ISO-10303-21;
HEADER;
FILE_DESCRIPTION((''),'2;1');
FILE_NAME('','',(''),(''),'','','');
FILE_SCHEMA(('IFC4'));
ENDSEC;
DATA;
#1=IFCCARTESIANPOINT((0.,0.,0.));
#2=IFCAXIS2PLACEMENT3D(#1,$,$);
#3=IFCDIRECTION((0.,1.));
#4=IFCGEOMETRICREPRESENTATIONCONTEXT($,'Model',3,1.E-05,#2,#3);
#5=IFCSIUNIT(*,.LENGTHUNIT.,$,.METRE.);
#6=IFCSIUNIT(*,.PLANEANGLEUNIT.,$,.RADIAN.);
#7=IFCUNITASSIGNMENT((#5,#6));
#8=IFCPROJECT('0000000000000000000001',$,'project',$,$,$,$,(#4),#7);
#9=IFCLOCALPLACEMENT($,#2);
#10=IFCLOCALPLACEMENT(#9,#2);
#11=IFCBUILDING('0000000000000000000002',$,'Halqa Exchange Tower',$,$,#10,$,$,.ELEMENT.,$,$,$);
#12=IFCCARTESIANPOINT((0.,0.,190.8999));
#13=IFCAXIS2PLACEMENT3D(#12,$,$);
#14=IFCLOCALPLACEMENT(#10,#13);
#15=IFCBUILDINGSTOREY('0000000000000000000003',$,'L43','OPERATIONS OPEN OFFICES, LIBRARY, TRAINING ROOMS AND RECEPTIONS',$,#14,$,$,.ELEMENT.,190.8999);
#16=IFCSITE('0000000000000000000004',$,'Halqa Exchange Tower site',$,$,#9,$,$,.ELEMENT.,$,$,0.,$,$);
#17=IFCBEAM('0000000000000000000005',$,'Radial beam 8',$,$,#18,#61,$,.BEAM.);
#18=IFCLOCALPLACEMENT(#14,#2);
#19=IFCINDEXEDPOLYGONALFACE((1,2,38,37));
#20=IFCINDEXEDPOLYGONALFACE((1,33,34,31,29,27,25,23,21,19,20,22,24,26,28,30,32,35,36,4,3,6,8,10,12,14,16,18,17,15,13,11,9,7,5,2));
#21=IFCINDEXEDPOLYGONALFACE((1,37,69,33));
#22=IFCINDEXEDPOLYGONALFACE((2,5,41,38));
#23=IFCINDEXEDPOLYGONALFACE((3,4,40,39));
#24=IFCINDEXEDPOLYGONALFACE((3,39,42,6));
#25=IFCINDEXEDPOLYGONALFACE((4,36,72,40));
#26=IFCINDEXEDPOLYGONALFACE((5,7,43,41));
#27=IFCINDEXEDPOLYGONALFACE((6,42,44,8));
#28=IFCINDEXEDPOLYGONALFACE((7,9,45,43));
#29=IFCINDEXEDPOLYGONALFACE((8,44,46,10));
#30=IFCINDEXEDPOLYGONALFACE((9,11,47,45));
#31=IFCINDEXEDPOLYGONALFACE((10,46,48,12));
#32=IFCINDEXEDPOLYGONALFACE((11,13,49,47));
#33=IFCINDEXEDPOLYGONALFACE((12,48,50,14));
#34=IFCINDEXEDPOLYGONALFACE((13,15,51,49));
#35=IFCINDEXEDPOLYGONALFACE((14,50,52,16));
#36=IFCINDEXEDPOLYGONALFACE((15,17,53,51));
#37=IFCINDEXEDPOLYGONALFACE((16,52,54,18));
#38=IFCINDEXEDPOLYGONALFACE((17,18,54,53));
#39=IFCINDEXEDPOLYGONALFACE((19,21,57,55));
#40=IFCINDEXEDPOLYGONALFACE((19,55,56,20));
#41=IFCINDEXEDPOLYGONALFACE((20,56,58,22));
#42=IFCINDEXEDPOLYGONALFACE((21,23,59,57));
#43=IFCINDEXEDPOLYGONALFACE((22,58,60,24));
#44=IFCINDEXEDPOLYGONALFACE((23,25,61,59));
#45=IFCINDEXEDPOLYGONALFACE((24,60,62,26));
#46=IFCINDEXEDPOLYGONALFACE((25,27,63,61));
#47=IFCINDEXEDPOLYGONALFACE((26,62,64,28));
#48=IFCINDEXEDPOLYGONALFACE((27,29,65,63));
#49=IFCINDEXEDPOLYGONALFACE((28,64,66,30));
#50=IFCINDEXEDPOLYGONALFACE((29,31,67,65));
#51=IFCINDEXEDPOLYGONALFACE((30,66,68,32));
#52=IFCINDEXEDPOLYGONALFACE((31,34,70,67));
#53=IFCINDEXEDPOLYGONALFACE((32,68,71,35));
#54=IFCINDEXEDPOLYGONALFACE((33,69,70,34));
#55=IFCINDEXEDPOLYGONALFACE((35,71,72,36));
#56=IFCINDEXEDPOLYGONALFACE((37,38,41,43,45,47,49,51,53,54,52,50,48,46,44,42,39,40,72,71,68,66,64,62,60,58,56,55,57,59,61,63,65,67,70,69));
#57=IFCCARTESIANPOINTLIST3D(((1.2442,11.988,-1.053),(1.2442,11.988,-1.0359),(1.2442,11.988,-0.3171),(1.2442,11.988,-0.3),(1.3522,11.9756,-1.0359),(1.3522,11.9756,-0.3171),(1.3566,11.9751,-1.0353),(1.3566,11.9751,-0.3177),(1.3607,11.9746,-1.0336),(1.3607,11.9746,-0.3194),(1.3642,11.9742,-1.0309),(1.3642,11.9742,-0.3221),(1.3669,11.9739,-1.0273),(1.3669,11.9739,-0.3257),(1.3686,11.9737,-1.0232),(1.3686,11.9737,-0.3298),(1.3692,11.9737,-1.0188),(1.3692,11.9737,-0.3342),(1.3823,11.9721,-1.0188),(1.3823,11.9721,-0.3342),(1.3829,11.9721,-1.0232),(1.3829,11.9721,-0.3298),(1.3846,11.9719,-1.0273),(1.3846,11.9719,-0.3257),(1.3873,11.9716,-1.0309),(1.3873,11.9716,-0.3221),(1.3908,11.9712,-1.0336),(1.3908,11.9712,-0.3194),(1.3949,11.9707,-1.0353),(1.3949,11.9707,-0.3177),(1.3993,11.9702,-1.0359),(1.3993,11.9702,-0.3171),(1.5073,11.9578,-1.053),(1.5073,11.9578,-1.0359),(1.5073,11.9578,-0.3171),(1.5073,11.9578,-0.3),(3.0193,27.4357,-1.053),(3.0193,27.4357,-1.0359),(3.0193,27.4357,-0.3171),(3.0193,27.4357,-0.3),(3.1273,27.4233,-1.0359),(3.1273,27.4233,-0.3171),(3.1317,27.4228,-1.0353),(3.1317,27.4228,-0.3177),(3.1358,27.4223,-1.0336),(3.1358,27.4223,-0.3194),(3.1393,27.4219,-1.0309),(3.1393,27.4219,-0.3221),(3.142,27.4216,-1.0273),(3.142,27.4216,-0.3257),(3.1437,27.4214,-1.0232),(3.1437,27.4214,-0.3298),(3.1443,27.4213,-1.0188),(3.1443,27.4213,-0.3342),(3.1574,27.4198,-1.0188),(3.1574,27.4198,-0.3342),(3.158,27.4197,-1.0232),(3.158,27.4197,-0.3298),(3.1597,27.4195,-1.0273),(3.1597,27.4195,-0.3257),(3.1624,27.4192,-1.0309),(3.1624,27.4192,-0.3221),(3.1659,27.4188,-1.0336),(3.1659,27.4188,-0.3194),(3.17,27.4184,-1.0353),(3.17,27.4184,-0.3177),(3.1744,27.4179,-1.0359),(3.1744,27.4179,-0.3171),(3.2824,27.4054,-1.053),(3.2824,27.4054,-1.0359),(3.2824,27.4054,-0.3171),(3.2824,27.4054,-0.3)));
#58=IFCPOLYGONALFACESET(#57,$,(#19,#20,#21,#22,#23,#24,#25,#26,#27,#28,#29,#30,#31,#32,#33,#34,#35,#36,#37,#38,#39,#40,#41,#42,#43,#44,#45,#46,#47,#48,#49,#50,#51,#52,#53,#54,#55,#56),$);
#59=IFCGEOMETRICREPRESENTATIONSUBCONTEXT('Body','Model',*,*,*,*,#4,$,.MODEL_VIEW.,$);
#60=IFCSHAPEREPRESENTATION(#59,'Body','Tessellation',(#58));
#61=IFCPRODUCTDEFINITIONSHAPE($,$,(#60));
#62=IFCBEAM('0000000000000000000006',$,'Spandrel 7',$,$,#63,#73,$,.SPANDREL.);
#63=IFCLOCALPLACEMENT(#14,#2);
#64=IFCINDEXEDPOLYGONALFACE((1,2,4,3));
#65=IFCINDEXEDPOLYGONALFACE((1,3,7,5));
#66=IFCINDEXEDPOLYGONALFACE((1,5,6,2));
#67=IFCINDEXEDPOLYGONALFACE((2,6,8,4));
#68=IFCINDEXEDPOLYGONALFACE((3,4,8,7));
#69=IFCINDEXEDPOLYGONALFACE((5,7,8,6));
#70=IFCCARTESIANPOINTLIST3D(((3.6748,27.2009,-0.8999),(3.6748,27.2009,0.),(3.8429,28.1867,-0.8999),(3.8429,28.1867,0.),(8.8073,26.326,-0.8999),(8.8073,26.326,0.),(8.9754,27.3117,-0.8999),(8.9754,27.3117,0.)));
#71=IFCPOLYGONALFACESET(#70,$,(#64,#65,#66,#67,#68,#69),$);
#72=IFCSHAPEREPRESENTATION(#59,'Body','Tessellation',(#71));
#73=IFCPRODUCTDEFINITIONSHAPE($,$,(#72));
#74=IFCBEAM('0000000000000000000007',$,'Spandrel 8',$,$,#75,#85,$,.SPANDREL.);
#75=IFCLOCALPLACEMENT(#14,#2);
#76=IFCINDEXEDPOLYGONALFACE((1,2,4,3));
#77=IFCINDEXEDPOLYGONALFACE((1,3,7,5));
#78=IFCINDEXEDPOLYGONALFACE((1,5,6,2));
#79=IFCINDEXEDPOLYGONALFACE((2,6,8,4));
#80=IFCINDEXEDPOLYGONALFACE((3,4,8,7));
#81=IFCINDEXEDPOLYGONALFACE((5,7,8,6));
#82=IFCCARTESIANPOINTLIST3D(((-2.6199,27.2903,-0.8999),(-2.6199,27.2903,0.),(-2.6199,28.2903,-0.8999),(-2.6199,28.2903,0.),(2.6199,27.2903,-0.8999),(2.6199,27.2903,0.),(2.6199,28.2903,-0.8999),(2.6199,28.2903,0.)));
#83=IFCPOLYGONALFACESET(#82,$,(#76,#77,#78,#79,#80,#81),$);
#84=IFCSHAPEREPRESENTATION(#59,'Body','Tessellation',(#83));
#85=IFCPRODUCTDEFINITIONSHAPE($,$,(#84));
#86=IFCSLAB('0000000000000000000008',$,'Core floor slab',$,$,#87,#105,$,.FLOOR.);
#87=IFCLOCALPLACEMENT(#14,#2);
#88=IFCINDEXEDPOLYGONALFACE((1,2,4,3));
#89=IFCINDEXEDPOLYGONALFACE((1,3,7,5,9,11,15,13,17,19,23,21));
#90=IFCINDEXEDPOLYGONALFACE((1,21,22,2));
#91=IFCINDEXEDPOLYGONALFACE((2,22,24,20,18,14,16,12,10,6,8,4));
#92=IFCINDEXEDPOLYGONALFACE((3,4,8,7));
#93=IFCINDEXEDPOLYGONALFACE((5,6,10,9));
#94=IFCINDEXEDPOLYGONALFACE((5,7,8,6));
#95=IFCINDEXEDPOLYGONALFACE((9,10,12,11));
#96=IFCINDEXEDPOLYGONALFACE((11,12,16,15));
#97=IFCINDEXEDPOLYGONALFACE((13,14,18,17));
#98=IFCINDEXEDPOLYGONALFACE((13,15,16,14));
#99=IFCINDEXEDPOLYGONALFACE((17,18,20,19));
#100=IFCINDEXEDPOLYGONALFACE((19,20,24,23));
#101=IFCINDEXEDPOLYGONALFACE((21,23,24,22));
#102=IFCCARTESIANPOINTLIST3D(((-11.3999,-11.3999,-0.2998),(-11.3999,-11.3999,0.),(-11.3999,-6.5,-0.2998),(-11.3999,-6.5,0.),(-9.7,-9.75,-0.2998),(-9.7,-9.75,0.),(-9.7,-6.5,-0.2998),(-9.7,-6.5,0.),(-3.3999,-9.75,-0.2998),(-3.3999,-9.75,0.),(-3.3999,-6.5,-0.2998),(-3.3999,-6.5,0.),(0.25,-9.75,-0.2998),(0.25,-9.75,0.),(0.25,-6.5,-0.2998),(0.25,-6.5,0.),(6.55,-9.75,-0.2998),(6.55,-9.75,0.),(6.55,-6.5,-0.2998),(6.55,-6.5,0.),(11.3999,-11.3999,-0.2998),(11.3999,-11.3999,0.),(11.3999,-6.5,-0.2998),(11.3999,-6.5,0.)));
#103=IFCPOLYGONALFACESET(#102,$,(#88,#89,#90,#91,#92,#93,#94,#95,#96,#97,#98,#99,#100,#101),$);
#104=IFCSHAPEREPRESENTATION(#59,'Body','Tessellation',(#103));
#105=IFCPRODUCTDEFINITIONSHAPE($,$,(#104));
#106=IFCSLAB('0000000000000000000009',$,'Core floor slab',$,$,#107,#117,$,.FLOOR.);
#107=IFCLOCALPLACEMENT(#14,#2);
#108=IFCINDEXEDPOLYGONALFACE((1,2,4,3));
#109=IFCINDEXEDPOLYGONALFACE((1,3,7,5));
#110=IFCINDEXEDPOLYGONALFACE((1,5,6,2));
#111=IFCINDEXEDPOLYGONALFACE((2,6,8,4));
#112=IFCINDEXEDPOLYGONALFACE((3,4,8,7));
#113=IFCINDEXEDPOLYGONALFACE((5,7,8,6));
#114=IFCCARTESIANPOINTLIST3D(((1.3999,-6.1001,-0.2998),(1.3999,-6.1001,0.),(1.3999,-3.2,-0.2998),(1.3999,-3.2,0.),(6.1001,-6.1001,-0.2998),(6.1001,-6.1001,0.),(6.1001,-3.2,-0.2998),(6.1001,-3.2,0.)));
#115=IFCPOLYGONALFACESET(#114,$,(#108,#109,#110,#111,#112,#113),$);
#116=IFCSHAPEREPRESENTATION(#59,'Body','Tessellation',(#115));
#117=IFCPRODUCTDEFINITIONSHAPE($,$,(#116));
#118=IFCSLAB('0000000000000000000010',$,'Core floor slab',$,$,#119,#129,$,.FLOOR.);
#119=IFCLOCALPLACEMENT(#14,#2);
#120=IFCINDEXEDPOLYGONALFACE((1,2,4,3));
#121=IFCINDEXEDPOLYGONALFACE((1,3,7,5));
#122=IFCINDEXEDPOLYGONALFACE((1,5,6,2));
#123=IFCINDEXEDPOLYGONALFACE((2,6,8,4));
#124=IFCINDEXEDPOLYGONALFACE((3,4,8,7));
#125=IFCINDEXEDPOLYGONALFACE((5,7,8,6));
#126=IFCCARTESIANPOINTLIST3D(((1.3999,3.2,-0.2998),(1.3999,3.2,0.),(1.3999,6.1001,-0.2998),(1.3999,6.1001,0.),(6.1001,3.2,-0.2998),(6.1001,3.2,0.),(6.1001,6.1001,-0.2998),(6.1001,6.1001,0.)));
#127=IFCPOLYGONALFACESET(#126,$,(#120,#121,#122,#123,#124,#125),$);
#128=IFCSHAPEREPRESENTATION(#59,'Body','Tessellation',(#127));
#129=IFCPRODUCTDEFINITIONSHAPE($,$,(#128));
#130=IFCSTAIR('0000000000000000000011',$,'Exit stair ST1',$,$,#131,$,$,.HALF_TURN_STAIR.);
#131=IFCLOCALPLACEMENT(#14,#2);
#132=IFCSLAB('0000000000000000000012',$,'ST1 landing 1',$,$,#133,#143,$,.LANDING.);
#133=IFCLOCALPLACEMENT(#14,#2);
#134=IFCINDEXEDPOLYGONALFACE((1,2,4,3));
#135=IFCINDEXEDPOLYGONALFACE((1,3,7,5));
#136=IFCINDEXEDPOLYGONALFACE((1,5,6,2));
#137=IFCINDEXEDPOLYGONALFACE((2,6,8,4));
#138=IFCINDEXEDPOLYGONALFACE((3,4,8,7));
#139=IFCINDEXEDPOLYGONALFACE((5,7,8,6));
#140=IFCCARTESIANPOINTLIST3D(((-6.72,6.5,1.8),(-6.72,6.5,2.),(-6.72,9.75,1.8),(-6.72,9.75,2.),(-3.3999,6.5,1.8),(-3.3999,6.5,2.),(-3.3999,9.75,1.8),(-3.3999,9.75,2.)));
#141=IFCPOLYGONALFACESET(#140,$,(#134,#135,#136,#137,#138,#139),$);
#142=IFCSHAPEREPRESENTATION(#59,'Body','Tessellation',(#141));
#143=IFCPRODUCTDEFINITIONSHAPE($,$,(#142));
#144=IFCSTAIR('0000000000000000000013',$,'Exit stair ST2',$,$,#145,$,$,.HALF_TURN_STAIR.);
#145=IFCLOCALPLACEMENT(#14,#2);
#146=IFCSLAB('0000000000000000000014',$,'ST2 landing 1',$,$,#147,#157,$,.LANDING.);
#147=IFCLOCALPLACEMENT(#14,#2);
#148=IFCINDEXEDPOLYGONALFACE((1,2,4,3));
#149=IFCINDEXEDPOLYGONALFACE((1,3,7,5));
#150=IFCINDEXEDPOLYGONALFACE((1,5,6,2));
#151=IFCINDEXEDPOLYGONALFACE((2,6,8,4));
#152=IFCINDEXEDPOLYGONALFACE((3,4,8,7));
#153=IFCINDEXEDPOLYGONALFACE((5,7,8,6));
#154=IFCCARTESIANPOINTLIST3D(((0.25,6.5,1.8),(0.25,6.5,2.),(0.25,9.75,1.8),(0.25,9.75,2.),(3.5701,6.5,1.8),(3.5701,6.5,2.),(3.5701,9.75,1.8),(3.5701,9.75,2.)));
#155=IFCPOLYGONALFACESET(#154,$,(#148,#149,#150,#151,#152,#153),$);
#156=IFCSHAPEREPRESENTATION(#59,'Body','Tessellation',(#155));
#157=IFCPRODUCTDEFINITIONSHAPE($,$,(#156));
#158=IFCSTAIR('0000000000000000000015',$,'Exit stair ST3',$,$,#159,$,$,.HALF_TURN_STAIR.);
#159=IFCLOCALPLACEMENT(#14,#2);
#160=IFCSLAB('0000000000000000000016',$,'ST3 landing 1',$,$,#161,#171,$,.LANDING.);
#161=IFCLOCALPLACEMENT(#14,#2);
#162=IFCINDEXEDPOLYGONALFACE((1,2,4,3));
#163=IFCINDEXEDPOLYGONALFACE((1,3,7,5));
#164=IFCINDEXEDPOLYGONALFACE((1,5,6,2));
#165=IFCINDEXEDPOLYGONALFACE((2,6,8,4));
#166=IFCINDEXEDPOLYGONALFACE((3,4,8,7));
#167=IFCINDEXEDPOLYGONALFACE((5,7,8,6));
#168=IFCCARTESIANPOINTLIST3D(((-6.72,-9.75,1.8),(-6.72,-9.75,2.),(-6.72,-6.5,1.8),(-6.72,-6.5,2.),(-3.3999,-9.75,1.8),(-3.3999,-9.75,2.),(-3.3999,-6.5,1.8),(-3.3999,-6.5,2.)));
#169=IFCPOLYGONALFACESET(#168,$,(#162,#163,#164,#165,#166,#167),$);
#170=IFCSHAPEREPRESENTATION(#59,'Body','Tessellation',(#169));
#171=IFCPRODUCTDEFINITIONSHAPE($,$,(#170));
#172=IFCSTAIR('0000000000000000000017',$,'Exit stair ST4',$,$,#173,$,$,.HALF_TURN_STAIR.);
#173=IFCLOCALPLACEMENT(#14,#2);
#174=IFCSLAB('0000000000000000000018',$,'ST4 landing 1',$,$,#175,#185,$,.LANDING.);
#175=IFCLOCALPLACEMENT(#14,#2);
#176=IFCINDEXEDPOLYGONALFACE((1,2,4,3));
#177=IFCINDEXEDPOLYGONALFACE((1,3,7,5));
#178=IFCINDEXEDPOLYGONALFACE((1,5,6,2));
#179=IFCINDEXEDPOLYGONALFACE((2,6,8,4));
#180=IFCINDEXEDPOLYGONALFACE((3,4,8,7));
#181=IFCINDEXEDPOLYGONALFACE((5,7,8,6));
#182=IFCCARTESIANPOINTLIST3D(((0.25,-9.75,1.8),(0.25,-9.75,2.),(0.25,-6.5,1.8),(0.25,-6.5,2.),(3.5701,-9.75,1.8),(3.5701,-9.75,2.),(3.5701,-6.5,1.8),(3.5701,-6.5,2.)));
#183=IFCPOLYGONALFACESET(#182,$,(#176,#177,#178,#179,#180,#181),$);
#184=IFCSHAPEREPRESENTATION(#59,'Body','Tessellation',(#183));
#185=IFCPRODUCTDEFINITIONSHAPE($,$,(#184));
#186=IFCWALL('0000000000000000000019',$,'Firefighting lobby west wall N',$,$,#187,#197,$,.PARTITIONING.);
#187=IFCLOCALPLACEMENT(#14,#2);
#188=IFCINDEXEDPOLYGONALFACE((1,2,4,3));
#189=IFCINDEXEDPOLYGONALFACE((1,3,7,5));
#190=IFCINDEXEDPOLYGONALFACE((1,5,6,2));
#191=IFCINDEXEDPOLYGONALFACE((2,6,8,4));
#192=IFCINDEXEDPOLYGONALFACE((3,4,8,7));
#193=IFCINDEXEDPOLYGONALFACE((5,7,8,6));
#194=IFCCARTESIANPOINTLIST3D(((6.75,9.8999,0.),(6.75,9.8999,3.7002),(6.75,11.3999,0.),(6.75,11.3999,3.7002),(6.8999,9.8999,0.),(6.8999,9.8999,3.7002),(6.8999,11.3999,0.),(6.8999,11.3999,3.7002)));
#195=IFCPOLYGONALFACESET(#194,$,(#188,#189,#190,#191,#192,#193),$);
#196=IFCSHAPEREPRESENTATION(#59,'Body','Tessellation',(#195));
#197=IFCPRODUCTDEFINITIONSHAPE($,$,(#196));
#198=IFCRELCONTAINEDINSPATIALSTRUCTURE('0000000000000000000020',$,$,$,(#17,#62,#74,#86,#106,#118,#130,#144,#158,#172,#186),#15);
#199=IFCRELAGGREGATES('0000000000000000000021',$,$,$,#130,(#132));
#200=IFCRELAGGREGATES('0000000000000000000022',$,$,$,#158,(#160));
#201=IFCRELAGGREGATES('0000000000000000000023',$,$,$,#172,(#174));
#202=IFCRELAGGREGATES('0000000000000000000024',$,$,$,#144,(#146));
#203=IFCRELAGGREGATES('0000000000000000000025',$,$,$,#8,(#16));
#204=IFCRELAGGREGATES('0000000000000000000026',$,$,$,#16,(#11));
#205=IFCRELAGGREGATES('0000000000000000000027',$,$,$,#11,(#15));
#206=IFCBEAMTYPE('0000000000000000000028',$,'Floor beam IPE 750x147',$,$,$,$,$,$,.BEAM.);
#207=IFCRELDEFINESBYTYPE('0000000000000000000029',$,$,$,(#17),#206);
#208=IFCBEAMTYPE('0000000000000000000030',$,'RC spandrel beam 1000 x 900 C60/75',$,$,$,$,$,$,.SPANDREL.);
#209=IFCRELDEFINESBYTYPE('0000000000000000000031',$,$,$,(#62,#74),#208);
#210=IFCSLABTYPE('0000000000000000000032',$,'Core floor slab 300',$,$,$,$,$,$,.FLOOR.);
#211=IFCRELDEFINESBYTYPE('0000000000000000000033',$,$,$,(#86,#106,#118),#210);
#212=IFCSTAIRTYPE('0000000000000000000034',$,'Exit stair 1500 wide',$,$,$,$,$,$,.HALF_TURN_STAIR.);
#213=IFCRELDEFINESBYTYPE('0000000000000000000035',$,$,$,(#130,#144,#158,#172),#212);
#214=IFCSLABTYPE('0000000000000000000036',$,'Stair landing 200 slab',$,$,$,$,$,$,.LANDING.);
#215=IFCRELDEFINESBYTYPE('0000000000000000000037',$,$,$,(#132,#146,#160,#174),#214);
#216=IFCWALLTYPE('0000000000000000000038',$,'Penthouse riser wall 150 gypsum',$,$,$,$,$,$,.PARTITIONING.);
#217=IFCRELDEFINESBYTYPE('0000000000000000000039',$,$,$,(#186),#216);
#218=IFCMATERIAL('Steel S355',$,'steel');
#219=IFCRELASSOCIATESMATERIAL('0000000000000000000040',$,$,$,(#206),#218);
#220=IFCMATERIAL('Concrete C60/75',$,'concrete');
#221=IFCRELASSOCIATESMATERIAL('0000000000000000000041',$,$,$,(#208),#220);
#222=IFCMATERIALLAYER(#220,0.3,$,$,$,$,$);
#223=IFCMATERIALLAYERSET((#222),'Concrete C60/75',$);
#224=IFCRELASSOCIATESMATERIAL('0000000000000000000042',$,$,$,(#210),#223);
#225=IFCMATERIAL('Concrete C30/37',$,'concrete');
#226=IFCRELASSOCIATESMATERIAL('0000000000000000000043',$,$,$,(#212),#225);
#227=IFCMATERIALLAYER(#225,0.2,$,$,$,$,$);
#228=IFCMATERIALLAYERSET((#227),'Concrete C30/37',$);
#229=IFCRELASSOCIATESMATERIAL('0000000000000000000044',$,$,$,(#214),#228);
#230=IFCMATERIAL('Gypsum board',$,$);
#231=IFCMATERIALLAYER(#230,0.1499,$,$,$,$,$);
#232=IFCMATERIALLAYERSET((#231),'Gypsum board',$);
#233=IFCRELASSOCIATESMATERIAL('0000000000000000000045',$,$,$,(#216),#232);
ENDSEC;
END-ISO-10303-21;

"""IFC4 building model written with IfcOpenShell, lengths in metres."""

from ifc_helpers import new_model, si_unit, direction, frame, frame_2d, origin, origin_2d, place, context, subcontext, project, spatial, polyline, rectangle, i_section, outline, extrude, material, layer, layer_set, material_profile, profile_set, type_object, element, aggregate, save


model = new_model("IFC4")

# Units and contexts
model_context = context("Model", 3, precision=1e-05, world=origin(), true_north=direction((0.0, 1.0)))
body_context = subcontext(model_context, "Body", "Model", "MODEL_VIEW")
ifc_project = project(units=[si_unit("LENGTHUNIT", "METRE"), si_unit("PLANEANGLEUNIT", "RADIAN")], contexts=[model_context])

# Site, building, storey
site_placement = place(None, origin())
site = spatial("IfcSite", under=ifc_project, at=site_placement, Name="Halqa Exchange Tower site", CompositionType="ELEMENT", RefElevation=0.0)
building_placement = place(site_placement, origin())
building = spatial("IfcBuilding", under=site, at=building_placement, Name="Halqa Exchange Tower", CompositionType="ELEMENT")
storey_placement = place(building_placement, frame((0.0, 0.0, 190.8999)))
storey = spatial("IfcBuildingStorey", under=building, at=storey_placement, Name="L43", Description="OPERATIONS OPEN OFFICES, LIBRARY, TRAINING ROOMS AND RECEPTIONS", CompositionType="ELEMENT", Elevation=190.8999)

# Shared definitions
ifc_material_1 = material(Name="Concrete C60/75", Category="concrete")

# Beams
ifc_material_2 = material(Name="Steel S355", Category="steel")
ifc_material_profile_1 = material_profile(ifc_material_2, i_section(OverallWidth=0.2649, OverallDepth=0.7529, WebThickness=0.0132, FlangeThickness=0.0171, FilletRadius=0.0171, at=origin_2d()), Name="IPE 750x147")
ifc_profile_set_1 = profile_set([ifc_material_profile_1], Name="Steel S355")
beam_type_1 = type_object("IfcBeamType", Name="Floor beam IPE 750x147", PredefinedType="BEAM", material=ifc_profile_set_1)
beam_1_placement = place(storey_placement, frame((1.3757, 11.9729, -0.6765), z_axis=(0.114162, 0.993462, 0.0), x_axis=(-0.993462, 0.114162, 0.0)))
element("IfcBeam", 1, at=beam_1_placement, inside=storey, type_object=beam_type_1, Name="Radial beam 8", PredefinedType="BEAM", context=body_context, shape_type="SweptSolid", body=[
    extrude(i_section(OverallWidth=0.2649, OverallDepth=0.7529, WebThickness=0.0132, FlangeThickness=0.0171, FilletRadius=0.0171, at=origin_2d()), origin(), (0.0, 0.0, 1.0), 15.5493),
])
ifc_material_profile_2 = material_profile(ifc_material_1, rectangle(XDim=1.0, YDim=0.8999, at=origin_2d()), Name="1000 x 900")
ifc_profile_set_2 = profile_set([ifc_material_profile_2], Name="Concrete C60/75")
beam_type_2 = type_object("IfcBeamType", Name="RC spandrel beam 1000 x 900 C60/75", PredefinedType="SPANDREL", material=ifc_profile_set_2)
beam_2_placement = place(storey_placement, frame((8.8914, 26.8188, -0.45), z_axis=(-0.985778, 0.168055, 0.0), x_axis=(-0.168055, -0.985778, 0.0)))
element("IfcBeam", 2, at=beam_2_placement, inside=storey, type_object=beam_type_2, Name="Spandrel 7", PredefinedType="SPANDREL", context=body_context, shape_type="SweptSolid", body=[
    extrude(rectangle(XDim=1.0, YDim=0.8999, at=origin_2d()), origin(), (0.0, 0.0, 1.0), 5.2065),
])
beam_3_placement = place(storey_placement, frame((2.6199, 27.7903, -0.45), z_axis=(-1.0, 0.0, 0.0), x_axis=(0.0, -1.0, 0.0)))
element("IfcBeam", 3, at=beam_3_placement, inside=storey, type_object=beam_type_2, Name="Spandrel 8", PredefinedType="SPANDREL", context=body_context, shape_type="SweptSolid", body=[
    extrude(rectangle(XDim=1.0, YDim=0.8999, at=origin_2d()), origin(), (0.0, 0.0, 1.0), 5.2397),
])

# Slabs
ifc_layer_1 = layer(ifc_material_1, 0.3)
ifc_layer_set_1 = layer_set([ifc_layer_1], Name="Concrete C60/75")
slab_type_1 = type_object("IfcSlabType", Name="Core floor slab 300", PredefinedType="FLOOR", material=ifc_layer_set_1)
slab_1_placement = place(storey_placement, frame((0.0, 0.0, -0.2998)))
element("IfcSlab", 4, at=slab_1_placement, inside=storey, type_object=slab_type_1, Name="Core floor slab", PredefinedType="FLOOR", context=body_context, shape_type="SweptSolid", body=[
    extrude(outline(polyline([(-9.7, -9.75), (-3.3999, -9.75), (-3.3999, -6.5), (0.25, -6.5), (0.25, -9.75), (6.55, -9.75), (6.55, -6.5), (11.3999, -6.5), (11.3999, -11.3999), (-11.3999, -11.3999), (-11.3999, -6.5), (-9.7, -6.5), (-9.7, -9.75)])), origin(), (0.0, 0.0, 1.0), 0.2998),
])
slab_2_placement = place(storey_placement, frame((0.0, 0.0, -0.2998)))
element("IfcSlab", 5, at=slab_2_placement, inside=storey, type_object=slab_type_1, Name="Core floor slab", PredefinedType="FLOOR", context=body_context, shape_type="SweptSolid", body=[
    extrude(outline(polyline([(6.1001, -3.2), (6.1001, -6.1001), (1.3999, -6.1001), (1.3999, -3.2), (6.1001, -3.2)])), origin(), (0.0, 0.0, 1.0), 0.2998),
])
slab_3_placement = place(storey_placement, frame((0.0, 0.0, -0.2998)))
element("IfcSlab", 6, at=slab_3_placement, inside=storey, type_object=slab_type_1, Name="Core floor slab", PredefinedType="FLOOR", context=body_context, shape_type="SweptSolid", body=[
    extrude(outline(polyline([(6.1001, 6.1001), (6.1001, 3.2), (1.3999, 3.2), (1.3999, 6.1001), (6.1001, 6.1001)])), origin(), (0.0, 0.0, 1.0), 0.2998),
])

# Stairs, slabs
ifc_material_3 = material(Name="Concrete C30/37", Category="concrete")
stair_type = type_object("IfcStairType", Name="Exit stair 1500 wide", PredefinedType="HALF_TURN_STAIR", material=ifc_material_3)
stair_1_placement = place(storey_placement, origin())
stair_1 = element("IfcStair", 7, at=stair_1_placement, inside=storey, type_object=stair_type, Name="Exit stair ST1", PredefinedType="HALF_TURN_STAIR")
ifc_layer_2 = layer(ifc_material_3, 0.2)
ifc_layer_set_2 = layer_set([ifc_layer_2], Name="Concrete C30/37")
slab_type_2 = type_object("IfcSlabType", Name="Stair landing 200 slab", PredefinedType="LANDING", material=ifc_layer_set_2)
slab_4_placement = place(storey_placement, frame((0.0, 0.0, 1.8)))
slab_4 = element("IfcSlab", 8, at=slab_4_placement, type_object=slab_type_2, Name="ST1 landing 1", PredefinedType="LANDING", context=body_context, shape_type="SweptSolid", body=[
    extrude(outline(polyline([(-6.72, 6.5), (-3.3999, 6.5), (-3.3999, 9.75), (-6.72, 9.75), (-6.72, 6.5)])), origin(), (0.0, 0.0, 1.0), 0.2),
])
aggregate(stair_1, [slab_4])
stair_2_placement = place(storey_placement, origin())
stair_2 = element("IfcStair", 9, at=stair_2_placement, inside=storey, type_object=stair_type, Name="Exit stair ST2", PredefinedType="HALF_TURN_STAIR")
slab_5_placement = place(storey_placement, frame((0.0, 0.0, 1.8)))
slab_5 = element("IfcSlab", 10, at=slab_5_placement, type_object=slab_type_2, Name="ST2 landing 1", PredefinedType="LANDING", context=body_context, shape_type="SweptSolid", body=[
    extrude(outline(polyline([(0.25, 6.5), (3.5701, 6.5), (3.5701, 9.75), (0.25, 9.75), (0.25, 6.5)])), origin(), (0.0, 0.0, 1.0), 0.2),
])
stair_3_placement = place(storey_placement, origin())
stair_3 = element("IfcStair", 11, at=stair_3_placement, inside=storey, type_object=stair_type, Name="Exit stair ST3", PredefinedType="HALF_TURN_STAIR")
slab_6_placement = place(storey_placement, frame((0.0, 0.0, 1.8)))
slab_6 = element("IfcSlab", 12, at=slab_6_placement, type_object=slab_type_2, Name="ST3 landing 1", PredefinedType="LANDING", context=body_context, shape_type="SweptSolid", body=[
    extrude(outline(polyline([(-6.72, -9.75), (-3.3999, -9.75), (-3.3999, -6.5), (-6.72, -6.5), (-6.72, -9.75)])), origin(), (0.0, 0.0, 1.0), 0.2),
])
aggregate(stair_3, [slab_6])
stair_4_placement = place(storey_placement, origin())
stair_4 = element("IfcStair", 13, at=stair_4_placement, inside=storey, type_object=stair_type, Name="Exit stair ST4", PredefinedType="HALF_TURN_STAIR")
slab_7_placement = place(storey_placement, frame((0.0, 0.0, 1.8)))
slab_7 = element("IfcSlab", 14, at=slab_7_placement, type_object=slab_type_2, Name="ST4 landing 1", PredefinedType="LANDING", context=body_context, shape_type="SweptSolid", body=[
    extrude(outline(polyline([(0.25, -9.75), (3.5701, -9.75), (3.5701, -6.5), (0.25, -6.5), (0.25, -9.75)])), origin(), (0.0, 0.0, 1.0), 0.2),
])
aggregate(stair_4, [slab_7])

# Wall
ifc_material_4 = material(Name="Gypsum board")
ifc_layer_3 = layer(ifc_material_4, 0.1499)
ifc_layer_set_3 = layer_set([ifc_layer_3], Name="Gypsum board")
wall_type_1 = type_object("IfcWallType", Name="Penthouse riser wall 150 gypsum", PredefinedType="PARTITIONING", material=ifc_layer_set_3)
wall_1_placement = place(storey_placement, frame((6.825, 9.8999, 0.0), z_axis=(0.0, 0.0, 1.0), x_axis=(0.0, 1.0, 0.0)))
element("IfcWall", 15, at=wall_1_placement, inside=storey, type_object=wall_type_1, Name="Firefighting lobby west wall N", PredefinedType="PARTITIONING", context=body_context, shape_type="SweptSolid", body=[
    extrude(rectangle(XDim=1.5, YDim=0.1499, at=frame_2d((0.75, 0.0))), origin(), (0.0, 0.0, 1.0), 3.7002),
])

aggregate(stair_2, [slab_5])

save(model, "model.ifc")
